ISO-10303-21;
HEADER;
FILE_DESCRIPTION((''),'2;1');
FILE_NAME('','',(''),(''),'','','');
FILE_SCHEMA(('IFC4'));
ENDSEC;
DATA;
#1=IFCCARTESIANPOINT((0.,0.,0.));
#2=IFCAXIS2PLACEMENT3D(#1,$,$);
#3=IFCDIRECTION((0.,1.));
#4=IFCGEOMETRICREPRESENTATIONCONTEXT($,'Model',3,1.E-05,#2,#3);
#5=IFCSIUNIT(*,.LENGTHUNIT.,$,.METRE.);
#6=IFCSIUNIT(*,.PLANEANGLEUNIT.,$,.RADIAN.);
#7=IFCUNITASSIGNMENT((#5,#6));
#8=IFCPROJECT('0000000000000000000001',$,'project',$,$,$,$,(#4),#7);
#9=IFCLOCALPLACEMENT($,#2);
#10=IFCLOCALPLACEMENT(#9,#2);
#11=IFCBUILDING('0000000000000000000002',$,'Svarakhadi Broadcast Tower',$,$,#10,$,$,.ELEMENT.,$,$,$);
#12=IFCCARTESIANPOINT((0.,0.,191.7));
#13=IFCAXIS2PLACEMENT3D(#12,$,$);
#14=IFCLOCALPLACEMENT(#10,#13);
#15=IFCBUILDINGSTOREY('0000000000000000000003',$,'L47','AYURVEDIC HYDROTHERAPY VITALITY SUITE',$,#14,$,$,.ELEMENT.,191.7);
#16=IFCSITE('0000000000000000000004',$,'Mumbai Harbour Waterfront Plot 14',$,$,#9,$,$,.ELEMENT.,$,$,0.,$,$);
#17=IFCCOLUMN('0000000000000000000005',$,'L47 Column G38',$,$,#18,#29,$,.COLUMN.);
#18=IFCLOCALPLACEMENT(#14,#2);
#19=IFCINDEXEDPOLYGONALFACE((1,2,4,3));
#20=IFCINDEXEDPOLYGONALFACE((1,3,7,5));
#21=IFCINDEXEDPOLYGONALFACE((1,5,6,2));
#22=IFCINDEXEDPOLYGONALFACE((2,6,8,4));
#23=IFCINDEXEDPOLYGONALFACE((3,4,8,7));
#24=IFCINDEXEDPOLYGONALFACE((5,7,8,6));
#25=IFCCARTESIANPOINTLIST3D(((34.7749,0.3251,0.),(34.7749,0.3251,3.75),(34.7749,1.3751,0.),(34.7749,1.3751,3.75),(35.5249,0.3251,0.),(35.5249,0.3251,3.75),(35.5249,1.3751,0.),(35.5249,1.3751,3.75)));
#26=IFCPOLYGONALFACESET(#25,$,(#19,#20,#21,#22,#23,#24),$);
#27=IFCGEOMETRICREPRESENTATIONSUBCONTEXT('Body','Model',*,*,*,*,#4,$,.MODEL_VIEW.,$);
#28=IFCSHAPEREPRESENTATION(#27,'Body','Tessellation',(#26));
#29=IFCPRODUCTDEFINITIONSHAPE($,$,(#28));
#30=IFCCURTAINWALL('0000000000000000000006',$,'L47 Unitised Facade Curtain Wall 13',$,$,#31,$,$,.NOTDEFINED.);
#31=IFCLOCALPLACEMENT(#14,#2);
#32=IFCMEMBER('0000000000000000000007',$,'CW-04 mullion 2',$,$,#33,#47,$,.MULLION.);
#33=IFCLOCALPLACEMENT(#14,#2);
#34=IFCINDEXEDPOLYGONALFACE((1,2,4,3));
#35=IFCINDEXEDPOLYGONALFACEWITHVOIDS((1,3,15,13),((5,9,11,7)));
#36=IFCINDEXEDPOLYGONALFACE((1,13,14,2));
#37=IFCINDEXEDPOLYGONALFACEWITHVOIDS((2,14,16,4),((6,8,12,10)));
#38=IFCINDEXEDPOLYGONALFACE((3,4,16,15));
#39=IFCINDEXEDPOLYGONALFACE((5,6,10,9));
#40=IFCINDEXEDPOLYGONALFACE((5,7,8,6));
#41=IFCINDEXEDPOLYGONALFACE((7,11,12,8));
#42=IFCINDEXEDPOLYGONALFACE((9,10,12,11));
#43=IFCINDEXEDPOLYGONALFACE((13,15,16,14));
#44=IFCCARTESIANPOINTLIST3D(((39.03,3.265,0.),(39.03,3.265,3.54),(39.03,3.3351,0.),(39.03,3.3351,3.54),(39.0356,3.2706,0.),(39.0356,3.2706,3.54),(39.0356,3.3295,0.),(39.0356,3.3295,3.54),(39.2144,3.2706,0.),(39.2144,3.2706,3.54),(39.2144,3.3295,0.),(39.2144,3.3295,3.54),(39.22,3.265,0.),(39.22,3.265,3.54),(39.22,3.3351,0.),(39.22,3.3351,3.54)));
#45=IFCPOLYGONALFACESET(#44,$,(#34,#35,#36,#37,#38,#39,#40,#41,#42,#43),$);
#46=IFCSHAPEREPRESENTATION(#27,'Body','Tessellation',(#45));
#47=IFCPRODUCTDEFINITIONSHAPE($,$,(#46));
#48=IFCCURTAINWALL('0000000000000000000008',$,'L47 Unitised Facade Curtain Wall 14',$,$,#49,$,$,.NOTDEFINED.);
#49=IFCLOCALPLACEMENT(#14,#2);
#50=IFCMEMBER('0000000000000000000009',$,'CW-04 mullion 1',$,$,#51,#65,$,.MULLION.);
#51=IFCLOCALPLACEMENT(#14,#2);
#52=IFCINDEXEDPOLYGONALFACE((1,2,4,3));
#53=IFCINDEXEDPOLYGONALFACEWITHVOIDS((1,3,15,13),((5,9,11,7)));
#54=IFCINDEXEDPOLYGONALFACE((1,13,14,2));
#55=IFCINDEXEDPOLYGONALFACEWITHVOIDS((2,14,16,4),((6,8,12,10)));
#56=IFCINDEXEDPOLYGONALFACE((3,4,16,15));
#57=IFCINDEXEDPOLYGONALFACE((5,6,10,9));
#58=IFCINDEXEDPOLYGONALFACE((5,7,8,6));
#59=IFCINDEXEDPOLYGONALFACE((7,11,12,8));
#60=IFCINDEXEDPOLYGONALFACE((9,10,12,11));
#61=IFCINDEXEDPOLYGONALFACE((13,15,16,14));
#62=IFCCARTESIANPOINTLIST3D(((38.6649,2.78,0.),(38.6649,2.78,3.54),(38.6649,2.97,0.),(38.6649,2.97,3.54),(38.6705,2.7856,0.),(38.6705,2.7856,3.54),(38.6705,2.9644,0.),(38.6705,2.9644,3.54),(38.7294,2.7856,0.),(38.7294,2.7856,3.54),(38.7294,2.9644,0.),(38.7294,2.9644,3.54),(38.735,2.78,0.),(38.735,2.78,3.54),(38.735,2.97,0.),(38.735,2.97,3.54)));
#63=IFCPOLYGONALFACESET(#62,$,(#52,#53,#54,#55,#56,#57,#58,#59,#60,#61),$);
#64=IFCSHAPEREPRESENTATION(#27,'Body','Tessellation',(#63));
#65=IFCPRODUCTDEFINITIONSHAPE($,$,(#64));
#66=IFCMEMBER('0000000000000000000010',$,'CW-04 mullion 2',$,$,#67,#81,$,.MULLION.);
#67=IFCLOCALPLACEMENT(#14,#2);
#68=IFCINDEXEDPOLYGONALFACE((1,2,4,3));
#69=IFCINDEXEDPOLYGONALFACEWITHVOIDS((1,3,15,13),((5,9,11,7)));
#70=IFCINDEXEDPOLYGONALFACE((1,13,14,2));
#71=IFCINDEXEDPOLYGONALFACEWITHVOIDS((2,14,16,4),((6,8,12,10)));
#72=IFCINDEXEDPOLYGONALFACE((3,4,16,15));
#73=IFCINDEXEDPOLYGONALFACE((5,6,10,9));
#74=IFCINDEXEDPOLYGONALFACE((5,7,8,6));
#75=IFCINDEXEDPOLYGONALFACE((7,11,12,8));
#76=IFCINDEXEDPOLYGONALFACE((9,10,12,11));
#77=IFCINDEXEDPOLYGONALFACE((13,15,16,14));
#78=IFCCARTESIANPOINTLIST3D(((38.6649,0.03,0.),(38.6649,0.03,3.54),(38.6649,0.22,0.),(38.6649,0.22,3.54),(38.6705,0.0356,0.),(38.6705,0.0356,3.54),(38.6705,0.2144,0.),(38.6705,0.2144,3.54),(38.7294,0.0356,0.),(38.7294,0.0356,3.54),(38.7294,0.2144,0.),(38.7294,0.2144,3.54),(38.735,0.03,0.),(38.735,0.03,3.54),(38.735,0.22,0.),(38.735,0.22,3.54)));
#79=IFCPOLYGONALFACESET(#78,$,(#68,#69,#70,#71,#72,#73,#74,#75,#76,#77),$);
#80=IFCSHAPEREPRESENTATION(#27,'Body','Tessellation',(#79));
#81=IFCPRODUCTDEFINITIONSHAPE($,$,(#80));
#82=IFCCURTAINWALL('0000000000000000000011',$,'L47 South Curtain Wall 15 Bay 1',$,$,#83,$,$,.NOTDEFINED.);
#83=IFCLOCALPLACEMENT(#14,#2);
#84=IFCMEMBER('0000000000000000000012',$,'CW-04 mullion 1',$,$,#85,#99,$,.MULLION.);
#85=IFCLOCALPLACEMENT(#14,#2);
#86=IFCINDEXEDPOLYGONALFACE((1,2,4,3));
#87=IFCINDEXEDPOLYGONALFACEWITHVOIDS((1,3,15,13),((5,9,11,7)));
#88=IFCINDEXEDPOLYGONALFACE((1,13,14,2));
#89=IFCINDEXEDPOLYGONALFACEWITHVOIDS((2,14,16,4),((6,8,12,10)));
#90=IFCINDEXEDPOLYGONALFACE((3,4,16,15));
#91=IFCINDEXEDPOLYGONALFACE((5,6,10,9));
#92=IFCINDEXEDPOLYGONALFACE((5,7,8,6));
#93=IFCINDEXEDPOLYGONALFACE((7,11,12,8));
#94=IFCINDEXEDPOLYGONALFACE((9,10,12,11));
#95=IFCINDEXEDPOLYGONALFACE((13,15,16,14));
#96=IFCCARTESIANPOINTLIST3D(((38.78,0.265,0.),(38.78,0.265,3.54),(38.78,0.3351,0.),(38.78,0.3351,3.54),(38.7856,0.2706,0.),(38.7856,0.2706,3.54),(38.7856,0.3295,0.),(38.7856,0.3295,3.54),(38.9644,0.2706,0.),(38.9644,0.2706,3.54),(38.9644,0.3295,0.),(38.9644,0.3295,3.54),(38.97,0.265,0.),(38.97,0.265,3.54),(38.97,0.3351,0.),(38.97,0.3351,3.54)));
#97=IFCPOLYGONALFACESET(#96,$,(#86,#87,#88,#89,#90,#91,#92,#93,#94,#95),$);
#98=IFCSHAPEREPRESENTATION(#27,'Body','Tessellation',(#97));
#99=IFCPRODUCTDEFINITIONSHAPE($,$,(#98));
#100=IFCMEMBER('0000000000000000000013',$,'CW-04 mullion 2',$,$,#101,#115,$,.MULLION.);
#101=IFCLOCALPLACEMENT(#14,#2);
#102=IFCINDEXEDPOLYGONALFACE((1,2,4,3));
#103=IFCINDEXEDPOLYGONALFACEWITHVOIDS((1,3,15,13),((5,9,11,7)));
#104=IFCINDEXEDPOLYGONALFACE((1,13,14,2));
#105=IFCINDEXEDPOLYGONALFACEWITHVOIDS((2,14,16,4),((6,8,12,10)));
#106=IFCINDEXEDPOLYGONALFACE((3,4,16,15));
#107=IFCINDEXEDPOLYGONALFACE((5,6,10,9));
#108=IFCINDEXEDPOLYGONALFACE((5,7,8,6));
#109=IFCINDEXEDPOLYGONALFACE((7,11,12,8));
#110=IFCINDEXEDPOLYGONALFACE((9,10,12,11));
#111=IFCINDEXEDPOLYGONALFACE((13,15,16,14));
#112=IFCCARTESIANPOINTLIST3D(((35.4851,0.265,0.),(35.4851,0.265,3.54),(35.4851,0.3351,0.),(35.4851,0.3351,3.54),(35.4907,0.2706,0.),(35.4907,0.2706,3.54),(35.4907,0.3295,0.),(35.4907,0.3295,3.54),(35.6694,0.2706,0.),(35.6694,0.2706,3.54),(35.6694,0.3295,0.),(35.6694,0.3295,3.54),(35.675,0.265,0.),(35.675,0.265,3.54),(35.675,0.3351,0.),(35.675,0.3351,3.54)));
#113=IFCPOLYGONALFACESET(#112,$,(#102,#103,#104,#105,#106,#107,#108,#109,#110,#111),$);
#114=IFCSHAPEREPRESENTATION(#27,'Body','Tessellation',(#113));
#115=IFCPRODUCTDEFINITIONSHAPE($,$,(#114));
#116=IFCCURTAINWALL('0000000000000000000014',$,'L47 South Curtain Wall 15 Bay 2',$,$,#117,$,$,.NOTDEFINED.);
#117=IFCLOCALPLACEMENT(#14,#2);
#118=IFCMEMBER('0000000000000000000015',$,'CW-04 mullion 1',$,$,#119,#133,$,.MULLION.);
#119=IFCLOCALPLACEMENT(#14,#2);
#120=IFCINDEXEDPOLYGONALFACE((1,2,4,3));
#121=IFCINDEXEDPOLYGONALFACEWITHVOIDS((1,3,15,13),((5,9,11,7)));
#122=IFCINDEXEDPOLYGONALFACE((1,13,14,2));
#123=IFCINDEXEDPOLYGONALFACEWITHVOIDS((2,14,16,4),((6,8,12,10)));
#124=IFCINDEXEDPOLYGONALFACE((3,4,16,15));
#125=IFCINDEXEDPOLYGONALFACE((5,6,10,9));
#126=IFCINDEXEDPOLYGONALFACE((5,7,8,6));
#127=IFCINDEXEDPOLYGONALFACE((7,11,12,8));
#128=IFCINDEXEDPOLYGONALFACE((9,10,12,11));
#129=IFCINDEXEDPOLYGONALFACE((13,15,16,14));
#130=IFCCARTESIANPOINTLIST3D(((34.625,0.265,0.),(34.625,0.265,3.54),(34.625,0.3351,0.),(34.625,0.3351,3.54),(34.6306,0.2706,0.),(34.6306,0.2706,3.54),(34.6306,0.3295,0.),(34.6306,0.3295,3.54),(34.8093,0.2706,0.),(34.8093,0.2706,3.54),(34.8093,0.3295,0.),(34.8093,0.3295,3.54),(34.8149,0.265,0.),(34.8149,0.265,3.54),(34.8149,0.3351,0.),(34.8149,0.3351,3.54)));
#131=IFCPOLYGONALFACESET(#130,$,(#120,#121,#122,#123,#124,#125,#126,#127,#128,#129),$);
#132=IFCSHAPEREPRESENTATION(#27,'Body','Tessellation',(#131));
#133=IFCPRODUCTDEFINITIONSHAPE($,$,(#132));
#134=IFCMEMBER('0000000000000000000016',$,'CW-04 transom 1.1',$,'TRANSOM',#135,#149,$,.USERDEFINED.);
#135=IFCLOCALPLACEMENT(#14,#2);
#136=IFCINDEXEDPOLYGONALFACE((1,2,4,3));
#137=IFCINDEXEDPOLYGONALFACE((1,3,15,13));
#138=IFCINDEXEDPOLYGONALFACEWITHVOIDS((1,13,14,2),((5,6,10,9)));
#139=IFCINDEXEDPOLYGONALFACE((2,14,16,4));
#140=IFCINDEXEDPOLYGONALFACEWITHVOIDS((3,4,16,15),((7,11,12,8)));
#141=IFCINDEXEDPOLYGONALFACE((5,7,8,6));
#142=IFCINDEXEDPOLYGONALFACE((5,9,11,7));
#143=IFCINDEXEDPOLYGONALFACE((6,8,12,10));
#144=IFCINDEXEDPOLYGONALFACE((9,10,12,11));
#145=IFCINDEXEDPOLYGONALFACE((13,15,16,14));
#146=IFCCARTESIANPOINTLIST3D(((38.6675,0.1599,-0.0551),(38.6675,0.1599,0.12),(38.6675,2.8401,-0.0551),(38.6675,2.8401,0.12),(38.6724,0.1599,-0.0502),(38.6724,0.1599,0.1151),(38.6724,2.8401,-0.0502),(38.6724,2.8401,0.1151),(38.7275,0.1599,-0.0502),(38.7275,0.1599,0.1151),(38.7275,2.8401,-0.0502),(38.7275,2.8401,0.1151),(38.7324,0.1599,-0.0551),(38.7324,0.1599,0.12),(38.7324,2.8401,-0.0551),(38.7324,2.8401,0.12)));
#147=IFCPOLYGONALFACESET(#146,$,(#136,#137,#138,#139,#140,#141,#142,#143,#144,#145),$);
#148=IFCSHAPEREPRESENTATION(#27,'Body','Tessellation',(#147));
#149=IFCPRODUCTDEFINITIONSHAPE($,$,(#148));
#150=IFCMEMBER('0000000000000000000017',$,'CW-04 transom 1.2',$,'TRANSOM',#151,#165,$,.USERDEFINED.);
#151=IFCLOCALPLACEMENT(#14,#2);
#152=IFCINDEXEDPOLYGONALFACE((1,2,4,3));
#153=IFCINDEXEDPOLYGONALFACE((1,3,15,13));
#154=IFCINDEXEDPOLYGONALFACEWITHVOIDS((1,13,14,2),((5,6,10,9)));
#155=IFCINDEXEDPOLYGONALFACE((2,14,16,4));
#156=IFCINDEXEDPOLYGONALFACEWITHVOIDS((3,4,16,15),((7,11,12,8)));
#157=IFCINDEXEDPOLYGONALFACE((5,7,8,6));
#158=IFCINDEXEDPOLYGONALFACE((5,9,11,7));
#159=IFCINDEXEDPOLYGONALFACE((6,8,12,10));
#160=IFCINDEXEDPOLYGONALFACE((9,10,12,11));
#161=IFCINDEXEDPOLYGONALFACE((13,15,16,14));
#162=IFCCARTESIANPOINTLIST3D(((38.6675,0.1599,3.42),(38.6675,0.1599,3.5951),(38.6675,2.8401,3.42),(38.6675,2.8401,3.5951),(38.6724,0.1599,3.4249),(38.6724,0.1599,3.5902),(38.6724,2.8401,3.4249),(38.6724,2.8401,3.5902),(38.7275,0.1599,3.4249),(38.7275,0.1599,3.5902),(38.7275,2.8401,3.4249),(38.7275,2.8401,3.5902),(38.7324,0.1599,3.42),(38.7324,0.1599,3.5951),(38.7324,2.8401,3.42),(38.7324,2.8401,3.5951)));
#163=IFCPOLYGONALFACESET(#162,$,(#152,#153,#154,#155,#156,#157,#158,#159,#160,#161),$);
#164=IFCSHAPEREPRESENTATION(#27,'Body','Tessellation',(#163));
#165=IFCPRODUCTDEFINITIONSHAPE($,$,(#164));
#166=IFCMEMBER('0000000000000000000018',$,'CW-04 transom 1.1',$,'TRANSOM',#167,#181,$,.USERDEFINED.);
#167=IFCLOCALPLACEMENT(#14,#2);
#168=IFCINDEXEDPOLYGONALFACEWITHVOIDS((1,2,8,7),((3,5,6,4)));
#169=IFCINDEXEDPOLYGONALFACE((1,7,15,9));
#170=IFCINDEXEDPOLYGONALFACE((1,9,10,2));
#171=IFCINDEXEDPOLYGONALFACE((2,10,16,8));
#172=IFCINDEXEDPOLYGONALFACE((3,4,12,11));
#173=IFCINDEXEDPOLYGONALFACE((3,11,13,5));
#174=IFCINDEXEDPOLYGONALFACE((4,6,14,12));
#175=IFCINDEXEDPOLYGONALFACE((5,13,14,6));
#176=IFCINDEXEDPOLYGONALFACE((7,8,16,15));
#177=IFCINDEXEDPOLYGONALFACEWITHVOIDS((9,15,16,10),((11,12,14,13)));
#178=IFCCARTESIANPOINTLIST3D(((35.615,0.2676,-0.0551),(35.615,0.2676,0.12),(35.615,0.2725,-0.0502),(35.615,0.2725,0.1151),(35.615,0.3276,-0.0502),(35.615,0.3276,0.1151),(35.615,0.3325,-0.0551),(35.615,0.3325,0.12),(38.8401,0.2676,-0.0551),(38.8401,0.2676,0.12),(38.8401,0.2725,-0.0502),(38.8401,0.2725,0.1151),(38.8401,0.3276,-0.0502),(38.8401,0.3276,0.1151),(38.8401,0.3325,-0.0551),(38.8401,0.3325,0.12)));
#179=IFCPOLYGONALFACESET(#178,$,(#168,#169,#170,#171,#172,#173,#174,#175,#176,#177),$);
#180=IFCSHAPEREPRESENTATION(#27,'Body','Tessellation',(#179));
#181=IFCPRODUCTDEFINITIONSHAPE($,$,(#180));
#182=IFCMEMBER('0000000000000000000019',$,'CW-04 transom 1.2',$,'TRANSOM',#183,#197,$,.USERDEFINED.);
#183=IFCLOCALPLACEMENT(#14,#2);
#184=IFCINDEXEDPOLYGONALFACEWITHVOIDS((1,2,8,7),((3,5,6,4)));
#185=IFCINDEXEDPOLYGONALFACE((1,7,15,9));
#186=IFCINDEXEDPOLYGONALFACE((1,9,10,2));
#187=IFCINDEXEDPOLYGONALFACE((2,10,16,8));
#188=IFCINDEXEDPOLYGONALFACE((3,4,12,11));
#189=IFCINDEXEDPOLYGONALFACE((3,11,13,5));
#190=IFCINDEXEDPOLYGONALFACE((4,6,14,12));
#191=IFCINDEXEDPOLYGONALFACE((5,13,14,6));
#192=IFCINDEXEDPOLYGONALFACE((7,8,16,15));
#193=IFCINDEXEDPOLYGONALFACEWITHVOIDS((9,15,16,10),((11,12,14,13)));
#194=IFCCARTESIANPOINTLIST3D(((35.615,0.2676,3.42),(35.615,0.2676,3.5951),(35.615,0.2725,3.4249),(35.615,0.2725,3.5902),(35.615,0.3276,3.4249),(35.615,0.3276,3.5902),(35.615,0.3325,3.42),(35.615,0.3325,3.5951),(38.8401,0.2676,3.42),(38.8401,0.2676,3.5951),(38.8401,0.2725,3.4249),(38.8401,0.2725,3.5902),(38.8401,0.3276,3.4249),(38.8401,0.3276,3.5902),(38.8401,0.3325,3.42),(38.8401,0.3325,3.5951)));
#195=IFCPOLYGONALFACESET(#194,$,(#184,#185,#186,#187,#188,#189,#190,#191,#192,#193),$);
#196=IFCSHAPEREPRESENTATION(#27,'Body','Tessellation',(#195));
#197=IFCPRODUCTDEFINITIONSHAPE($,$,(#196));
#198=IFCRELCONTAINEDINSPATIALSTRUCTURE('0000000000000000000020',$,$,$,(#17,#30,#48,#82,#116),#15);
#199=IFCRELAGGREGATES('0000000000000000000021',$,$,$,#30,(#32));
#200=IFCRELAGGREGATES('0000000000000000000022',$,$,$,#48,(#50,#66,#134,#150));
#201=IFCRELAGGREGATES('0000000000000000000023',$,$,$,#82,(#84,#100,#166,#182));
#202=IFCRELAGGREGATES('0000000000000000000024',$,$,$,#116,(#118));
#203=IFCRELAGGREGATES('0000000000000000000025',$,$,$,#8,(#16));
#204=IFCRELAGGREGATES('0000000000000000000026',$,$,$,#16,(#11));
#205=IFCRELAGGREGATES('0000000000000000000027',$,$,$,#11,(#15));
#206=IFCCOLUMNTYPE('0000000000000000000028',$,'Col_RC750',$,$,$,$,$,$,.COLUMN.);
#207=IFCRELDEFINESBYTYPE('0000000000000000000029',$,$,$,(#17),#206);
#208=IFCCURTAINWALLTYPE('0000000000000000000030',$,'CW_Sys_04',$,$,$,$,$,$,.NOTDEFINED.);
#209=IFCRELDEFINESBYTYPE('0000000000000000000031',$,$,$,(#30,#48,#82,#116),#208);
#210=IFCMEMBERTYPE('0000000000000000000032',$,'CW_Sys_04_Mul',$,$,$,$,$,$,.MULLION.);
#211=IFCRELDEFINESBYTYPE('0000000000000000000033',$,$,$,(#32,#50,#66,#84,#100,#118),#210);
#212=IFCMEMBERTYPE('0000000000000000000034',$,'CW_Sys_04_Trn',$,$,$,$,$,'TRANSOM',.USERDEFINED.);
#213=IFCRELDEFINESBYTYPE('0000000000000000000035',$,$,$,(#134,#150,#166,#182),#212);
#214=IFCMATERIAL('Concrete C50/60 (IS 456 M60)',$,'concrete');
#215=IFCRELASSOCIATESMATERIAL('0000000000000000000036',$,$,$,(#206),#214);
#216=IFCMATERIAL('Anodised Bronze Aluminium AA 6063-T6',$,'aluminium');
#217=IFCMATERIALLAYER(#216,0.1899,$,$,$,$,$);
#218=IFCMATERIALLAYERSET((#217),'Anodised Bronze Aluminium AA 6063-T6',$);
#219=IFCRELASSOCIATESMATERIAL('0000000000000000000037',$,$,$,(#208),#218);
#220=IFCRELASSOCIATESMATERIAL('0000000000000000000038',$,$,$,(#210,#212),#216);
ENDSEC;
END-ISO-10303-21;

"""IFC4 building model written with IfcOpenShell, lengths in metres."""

from ifc_helpers import new_model, si_unit, direction, frame, origin, origin_2d, place, context, subcontext, project, spatial, rectangle, hollow_rectangle, extrude, material, layer, layer_set, material_profile, profile_set, type_object, element, aggregate, save


model = new_model("IFC4")

# Units and contexts
model_context = context("Model", 3, precision=1e-05, world=origin(), true_north=direction((0.0, 1.0)))
body_context = subcontext(model_context, "Body", "Model", "MODEL_VIEW")
ifc_project = project(units=[si_unit("LENGTHUNIT", "METRE"), si_unit("PLANEANGLEUNIT", "RADIAN")], contexts=[model_context])

# Site, building, storey
site_placement = place(None, origin())
site = spatial("IfcSite", under=ifc_project, at=site_placement, Name="Mumbai Harbour Waterfront Plot 14", CompositionType="ELEMENT", RefElevation=0.0)
building_placement = place(site_placement, origin())
building = spatial("IfcBuilding", under=site, at=building_placement, Name="Svarakhadi Broadcast Tower", CompositionType="ELEMENT")
storey_placement = place(building_placement, frame((0.0, 0.0, 191.7)))
storey = spatial("IfcBuildingStorey", under=building, at=storey_placement, Name="L47", Description="AYURVEDIC HYDROTHERAPY VITALITY SUITE", CompositionType="ELEMENT", Elevation=191.7)

# Column
ifc_material_1 = material(Name="Concrete C50/60 (IS 456 M60)", Category="concrete")
ifc_material_profile_1 = material_profile(ifc_material_1, rectangle(XDim=0.75, YDim=1.05, at=origin_2d()), Name="RC 750x1050")
ifc_profile_set_1 = profile_set([ifc_material_profile_1], Name="Concrete C50/60 (IS 456 M60)")
column_type = type_object("IfcColumnType", Name="Col_RC750", PredefinedType="COLUMN", material=ifc_profile_set_1)
column_placement = place(storey_placement, frame((35.1499, 0.8501, 0.0), z_axis=(0.0, 0.0, 1.0), x_axis=(1.0, 0.0, 0.0)))
element("IfcColumn", 1, at=column_placement, inside=storey, type_object=column_type, Name="L47 Column G38", PredefinedType="COLUMN", context=body_context, shape_type="SweptSolid", body=[
    extrude(rectangle(XDim=0.75, YDim=1.05, at=origin_2d()), origin(), (0.0, 0.0, 1.0), 3.75),
])

# Curtain wall, member
ifc_material_2 = material(Name="Anodised Bronze Aluminium AA 6063-T6", Category="aluminium")
ifc_layer_1 = layer(ifc_material_2, 0.1899)
ifc_layer_set_1 = layer_set([ifc_layer_1], Name="Anodised Bronze Aluminium AA 6063-T6")
curtain_wall_type = type_object("IfcCurtainWallType", Name="CW_Sys_04", PredefinedType="NOTDEFINED", material=ifc_layer_set_1)
curtain_wall_1_placement = place(storey_placement, origin())
curtain_wall_1 = element("IfcCurtainWall", 2, at=curtain_wall_1_placement, inside=storey, type_object=curtain_wall_type, Name="L47 Unitised Facade Curtain Wall 13", PredefinedType="NOTDEFINED")
ifc_material_profile_2 = material_profile(ifc_material_2, hollow_rectangle(XDim=0.0701, YDim=0.1899, WallThickness=0.0056, at=origin_2d()), Name="ALU MULLION 190x70x6")
ifc_profile_set_2 = profile_set([ifc_material_profile_2], Name="Anodised Bronze Aluminium AA 6063-T6")
member_type_1 = type_object("IfcMemberType", Name="CW_Sys_04_Mul", PredefinedType="MULLION", material=ifc_profile_set_2)
member_1_placement = place(storey_placement, frame((39.125, 3.3, 0.0), z_axis=(0.0, 0.0, 1.0), x_axis=(0.0, -1.0, 0.0)))
member_1 = element("IfcMember", 3, at=member_1_placement, type_object=member_type_1, Name="CW-04 mullion 2", PredefinedType="MULLION", context=body_context, shape_type="SweptSolid", body=[
    extrude(hollow_rectangle(XDim=0.0701, YDim=0.1899, WallThickness=0.0056, at=origin_2d()), origin(), (0.0, 0.0, 1.0), 3.54),
])
aggregate(curtain_wall_1, [member_1])

# Curtain walls, members
curtain_wall_2_placement = place(storey_placement, origin())
curtain_wall_2 = element("IfcCurtainWall", 4, at=curtain_wall_2_placement, inside=storey, type_object=curtain_wall_type, Name="L47 Unitised Facade Curtain Wall 14", PredefinedType="NOTDEFINED")
member_2_placement = place(storey_placement, frame((38.7, 2.875, 0.0), z_axis=(0.0, 0.0, 1.0), x_axis=(1.0, 0.0, 0.0)))
member_2 = element("IfcMember", 5, at=member_2_placement, type_object=member_type_1, Name="CW-04 mullion 1", PredefinedType="MULLION", context=body_context, shape_type="SweptSolid", body=[
    extrude(hollow_rectangle(XDim=0.0701, YDim=0.1899, WallThickness=0.0056, at=origin_2d()), origin(), (0.0, 0.0, 1.0), 3.54),
])
member_3_placement = place(storey_placement, frame((38.7, 0.125, 0.0), z_axis=(0.0, 0.0, 1.0), x_axis=(1.0, 0.0, 0.0)))
member_3 = element("IfcMember", 6, at=member_3_placement, type_object=member_type_1, Name="CW-04 mullion 2", PredefinedType="MULLION", context=body_context, shape_type="SweptSolid", body=[
    extrude(hollow_rectangle(XDim=0.0701, YDim=0.1899, WallThickness=0.0056, at=origin_2d()), origin(), (0.0, 0.0, 1.0), 3.54),
])
curtain_wall_3_placement = place(storey_placement, origin())
curtain_wall_3 = element("IfcCurtainWall", 7, at=curtain_wall_3_placement, inside=storey, type_object=curtain_wall_type, Name="L47 South Curtain Wall 15 Bay 1", PredefinedType="NOTDEFINED")
member_4_placement = place(storey_placement, frame((38.875, 0.3, 0.0), z_axis=(0.0, 0.0, 1.0), x_axis=(0.0, -1.0, 0.0)))
member_4 = element("IfcMember", 8, at=member_4_placement, type_object=member_type_1, Name="CW-04 mullion 1", PredefinedType="MULLION", context=body_context, shape_type="SweptSolid", body=[
    extrude(hollow_rectangle(XDim=0.0701, YDim=0.1899, WallThickness=0.0056, at=origin_2d()), origin(), (0.0, 0.0, 1.0), 3.54),
])
member_5_placement = place(storey_placement, frame((35.5801, 0.3, 0.0), z_axis=(0.0, 0.0, 1.0), x_axis=(0.0, -1.0, 0.0)))
member_5 = element("IfcMember", 9, at=member_5_placement, type_object=member_type_1, Name="CW-04 mullion 2", PredefinedType="MULLION", context=body_context, shape_type="SweptSolid", body=[
    extrude(hollow_rectangle(XDim=0.0701, YDim=0.1899, WallThickness=0.0056, at=origin_2d()), origin(), (0.0, 0.0, 1.0), 3.54),
])

# Curtain wall, member
curtain_wall_4_placement = place(storey_placement, origin())
curtain_wall_4 = element("IfcCurtainWall", 10, at=curtain_wall_4_placement, inside=storey, type_object=curtain_wall_type, Name="L47 South Curtain Wall 15 Bay 2", PredefinedType="NOTDEFINED")
member_6_placement = place(storey_placement, frame((34.72, 0.3, 0.0), z_axis=(0.0, 0.0, 1.0), x_axis=(0.0, -1.0, 0.0)))
member_6 = element("IfcMember", 11, at=member_6_placement, type_object=member_type_1, Name="CW-04 mullion 1", PredefinedType="MULLION", context=body_context, shape_type="SweptSolid", body=[
    extrude(hollow_rectangle(XDim=0.0701, YDim=0.1899, WallThickness=0.0056, at=origin_2d()), origin(), (0.0, 0.0, 1.0), 3.54),
])

# Members
ifc_material_profile_3 = material_profile(ifc_material_2, hollow_rectangle(XDim=0.0649, YDim=0.175, WallThickness=0.0049, at=origin_2d()), Name="ALU TRANSOM 175x65x5")
ifc_profile_set_3 = profile_set([ifc_material_profile_3], Name="Anodised Bronze Aluminium AA 6063-T6")
member_type_2 = type_object("IfcMemberType", Name="CW_Sys_04_Trn", ElementType="TRANSOM", PredefinedType="USERDEFINED", material=ifc_profile_set_3)
member_7_placement = place(storey_placement, frame((38.7, 2.8401, 0.0325), z_axis=(0.0, -1.0, 0.0), x_axis=(1.0, 0.0, 0.0)))
member_7 = element("IfcMember", 12, at=member_7_placement, type_object=member_type_2, Name="CW-04 transom 1.1", ObjectType="TRANSOM", PredefinedType="USERDEFINED", context=body_context, shape_type="SweptSolid", body=[
    extrude(hollow_rectangle(XDim=0.0649, YDim=0.175, WallThickness=0.0049, at=origin_2d()), origin(), (0.0, 0.0, 1.0), 2.6802),
])
member_8_placement = place(storey_placement, frame((38.7, 2.8401, 3.5076), z_axis=(0.0, -1.0, 0.0), x_axis=(1.0, 0.0, 0.0)))
member_8 = element("IfcMember", 13, at=member_8_placement, type_object=member_type_2, Name="CW-04 transom 1.2", ObjectType="TRANSOM", PredefinedType="USERDEFINED", context=body_context, shape_type="SweptSolid", body=[
    extrude(hollow_rectangle(XDim=0.0649, YDim=0.175, WallThickness=0.0049, at=origin_2d()), origin(), (0.0, 0.0, 1.0), 2.6802),
])
member_9_placement = place(storey_placement, frame((38.8401, 0.3, 0.0325), z_axis=(-1.0, 0.0, 0.0), x_axis=(0.0, -1.0, 0.0)))
member_9 = element("IfcMember", 14, at=member_9_placement, type_object=member_type_2, Name="CW-04 transom 1.1", ObjectType="TRANSOM", PredefinedType="USERDEFINED", context=body_context, shape_type="SweptSolid", body=[
    extrude(hollow_rectangle(XDim=0.0649, YDim=0.175, WallThickness=0.0049, at=origin_2d()), origin(), (0.0, 0.0, 1.0), 3.2251),
])
member_10_placement = place(storey_placement, frame((38.8401, 0.3, 3.5076), z_axis=(-1.0, 0.0, 0.0), x_axis=(0.0, -1.0, 0.0)))
member_10 = element("IfcMember", 15, at=member_10_placement, type_object=member_type_2, Name="CW-04 transom 1.2", ObjectType="TRANSOM", PredefinedType="USERDEFINED", context=body_context, shape_type="SweptSolid", body=[
    extrude(hollow_rectangle(XDim=0.0649, YDim=0.175, WallThickness=0.0049, at=origin_2d()), origin(), (0.0, 0.0, 1.0), 3.2251),
])

aggregate(curtain_wall_2, [member_2, member_3, member_7, member_8])
aggregate(curtain_wall_3, [member_4, member_5, member_9, member_10])
aggregate(curtain_wall_4, [member_6])

save(model, "model.ifc")
